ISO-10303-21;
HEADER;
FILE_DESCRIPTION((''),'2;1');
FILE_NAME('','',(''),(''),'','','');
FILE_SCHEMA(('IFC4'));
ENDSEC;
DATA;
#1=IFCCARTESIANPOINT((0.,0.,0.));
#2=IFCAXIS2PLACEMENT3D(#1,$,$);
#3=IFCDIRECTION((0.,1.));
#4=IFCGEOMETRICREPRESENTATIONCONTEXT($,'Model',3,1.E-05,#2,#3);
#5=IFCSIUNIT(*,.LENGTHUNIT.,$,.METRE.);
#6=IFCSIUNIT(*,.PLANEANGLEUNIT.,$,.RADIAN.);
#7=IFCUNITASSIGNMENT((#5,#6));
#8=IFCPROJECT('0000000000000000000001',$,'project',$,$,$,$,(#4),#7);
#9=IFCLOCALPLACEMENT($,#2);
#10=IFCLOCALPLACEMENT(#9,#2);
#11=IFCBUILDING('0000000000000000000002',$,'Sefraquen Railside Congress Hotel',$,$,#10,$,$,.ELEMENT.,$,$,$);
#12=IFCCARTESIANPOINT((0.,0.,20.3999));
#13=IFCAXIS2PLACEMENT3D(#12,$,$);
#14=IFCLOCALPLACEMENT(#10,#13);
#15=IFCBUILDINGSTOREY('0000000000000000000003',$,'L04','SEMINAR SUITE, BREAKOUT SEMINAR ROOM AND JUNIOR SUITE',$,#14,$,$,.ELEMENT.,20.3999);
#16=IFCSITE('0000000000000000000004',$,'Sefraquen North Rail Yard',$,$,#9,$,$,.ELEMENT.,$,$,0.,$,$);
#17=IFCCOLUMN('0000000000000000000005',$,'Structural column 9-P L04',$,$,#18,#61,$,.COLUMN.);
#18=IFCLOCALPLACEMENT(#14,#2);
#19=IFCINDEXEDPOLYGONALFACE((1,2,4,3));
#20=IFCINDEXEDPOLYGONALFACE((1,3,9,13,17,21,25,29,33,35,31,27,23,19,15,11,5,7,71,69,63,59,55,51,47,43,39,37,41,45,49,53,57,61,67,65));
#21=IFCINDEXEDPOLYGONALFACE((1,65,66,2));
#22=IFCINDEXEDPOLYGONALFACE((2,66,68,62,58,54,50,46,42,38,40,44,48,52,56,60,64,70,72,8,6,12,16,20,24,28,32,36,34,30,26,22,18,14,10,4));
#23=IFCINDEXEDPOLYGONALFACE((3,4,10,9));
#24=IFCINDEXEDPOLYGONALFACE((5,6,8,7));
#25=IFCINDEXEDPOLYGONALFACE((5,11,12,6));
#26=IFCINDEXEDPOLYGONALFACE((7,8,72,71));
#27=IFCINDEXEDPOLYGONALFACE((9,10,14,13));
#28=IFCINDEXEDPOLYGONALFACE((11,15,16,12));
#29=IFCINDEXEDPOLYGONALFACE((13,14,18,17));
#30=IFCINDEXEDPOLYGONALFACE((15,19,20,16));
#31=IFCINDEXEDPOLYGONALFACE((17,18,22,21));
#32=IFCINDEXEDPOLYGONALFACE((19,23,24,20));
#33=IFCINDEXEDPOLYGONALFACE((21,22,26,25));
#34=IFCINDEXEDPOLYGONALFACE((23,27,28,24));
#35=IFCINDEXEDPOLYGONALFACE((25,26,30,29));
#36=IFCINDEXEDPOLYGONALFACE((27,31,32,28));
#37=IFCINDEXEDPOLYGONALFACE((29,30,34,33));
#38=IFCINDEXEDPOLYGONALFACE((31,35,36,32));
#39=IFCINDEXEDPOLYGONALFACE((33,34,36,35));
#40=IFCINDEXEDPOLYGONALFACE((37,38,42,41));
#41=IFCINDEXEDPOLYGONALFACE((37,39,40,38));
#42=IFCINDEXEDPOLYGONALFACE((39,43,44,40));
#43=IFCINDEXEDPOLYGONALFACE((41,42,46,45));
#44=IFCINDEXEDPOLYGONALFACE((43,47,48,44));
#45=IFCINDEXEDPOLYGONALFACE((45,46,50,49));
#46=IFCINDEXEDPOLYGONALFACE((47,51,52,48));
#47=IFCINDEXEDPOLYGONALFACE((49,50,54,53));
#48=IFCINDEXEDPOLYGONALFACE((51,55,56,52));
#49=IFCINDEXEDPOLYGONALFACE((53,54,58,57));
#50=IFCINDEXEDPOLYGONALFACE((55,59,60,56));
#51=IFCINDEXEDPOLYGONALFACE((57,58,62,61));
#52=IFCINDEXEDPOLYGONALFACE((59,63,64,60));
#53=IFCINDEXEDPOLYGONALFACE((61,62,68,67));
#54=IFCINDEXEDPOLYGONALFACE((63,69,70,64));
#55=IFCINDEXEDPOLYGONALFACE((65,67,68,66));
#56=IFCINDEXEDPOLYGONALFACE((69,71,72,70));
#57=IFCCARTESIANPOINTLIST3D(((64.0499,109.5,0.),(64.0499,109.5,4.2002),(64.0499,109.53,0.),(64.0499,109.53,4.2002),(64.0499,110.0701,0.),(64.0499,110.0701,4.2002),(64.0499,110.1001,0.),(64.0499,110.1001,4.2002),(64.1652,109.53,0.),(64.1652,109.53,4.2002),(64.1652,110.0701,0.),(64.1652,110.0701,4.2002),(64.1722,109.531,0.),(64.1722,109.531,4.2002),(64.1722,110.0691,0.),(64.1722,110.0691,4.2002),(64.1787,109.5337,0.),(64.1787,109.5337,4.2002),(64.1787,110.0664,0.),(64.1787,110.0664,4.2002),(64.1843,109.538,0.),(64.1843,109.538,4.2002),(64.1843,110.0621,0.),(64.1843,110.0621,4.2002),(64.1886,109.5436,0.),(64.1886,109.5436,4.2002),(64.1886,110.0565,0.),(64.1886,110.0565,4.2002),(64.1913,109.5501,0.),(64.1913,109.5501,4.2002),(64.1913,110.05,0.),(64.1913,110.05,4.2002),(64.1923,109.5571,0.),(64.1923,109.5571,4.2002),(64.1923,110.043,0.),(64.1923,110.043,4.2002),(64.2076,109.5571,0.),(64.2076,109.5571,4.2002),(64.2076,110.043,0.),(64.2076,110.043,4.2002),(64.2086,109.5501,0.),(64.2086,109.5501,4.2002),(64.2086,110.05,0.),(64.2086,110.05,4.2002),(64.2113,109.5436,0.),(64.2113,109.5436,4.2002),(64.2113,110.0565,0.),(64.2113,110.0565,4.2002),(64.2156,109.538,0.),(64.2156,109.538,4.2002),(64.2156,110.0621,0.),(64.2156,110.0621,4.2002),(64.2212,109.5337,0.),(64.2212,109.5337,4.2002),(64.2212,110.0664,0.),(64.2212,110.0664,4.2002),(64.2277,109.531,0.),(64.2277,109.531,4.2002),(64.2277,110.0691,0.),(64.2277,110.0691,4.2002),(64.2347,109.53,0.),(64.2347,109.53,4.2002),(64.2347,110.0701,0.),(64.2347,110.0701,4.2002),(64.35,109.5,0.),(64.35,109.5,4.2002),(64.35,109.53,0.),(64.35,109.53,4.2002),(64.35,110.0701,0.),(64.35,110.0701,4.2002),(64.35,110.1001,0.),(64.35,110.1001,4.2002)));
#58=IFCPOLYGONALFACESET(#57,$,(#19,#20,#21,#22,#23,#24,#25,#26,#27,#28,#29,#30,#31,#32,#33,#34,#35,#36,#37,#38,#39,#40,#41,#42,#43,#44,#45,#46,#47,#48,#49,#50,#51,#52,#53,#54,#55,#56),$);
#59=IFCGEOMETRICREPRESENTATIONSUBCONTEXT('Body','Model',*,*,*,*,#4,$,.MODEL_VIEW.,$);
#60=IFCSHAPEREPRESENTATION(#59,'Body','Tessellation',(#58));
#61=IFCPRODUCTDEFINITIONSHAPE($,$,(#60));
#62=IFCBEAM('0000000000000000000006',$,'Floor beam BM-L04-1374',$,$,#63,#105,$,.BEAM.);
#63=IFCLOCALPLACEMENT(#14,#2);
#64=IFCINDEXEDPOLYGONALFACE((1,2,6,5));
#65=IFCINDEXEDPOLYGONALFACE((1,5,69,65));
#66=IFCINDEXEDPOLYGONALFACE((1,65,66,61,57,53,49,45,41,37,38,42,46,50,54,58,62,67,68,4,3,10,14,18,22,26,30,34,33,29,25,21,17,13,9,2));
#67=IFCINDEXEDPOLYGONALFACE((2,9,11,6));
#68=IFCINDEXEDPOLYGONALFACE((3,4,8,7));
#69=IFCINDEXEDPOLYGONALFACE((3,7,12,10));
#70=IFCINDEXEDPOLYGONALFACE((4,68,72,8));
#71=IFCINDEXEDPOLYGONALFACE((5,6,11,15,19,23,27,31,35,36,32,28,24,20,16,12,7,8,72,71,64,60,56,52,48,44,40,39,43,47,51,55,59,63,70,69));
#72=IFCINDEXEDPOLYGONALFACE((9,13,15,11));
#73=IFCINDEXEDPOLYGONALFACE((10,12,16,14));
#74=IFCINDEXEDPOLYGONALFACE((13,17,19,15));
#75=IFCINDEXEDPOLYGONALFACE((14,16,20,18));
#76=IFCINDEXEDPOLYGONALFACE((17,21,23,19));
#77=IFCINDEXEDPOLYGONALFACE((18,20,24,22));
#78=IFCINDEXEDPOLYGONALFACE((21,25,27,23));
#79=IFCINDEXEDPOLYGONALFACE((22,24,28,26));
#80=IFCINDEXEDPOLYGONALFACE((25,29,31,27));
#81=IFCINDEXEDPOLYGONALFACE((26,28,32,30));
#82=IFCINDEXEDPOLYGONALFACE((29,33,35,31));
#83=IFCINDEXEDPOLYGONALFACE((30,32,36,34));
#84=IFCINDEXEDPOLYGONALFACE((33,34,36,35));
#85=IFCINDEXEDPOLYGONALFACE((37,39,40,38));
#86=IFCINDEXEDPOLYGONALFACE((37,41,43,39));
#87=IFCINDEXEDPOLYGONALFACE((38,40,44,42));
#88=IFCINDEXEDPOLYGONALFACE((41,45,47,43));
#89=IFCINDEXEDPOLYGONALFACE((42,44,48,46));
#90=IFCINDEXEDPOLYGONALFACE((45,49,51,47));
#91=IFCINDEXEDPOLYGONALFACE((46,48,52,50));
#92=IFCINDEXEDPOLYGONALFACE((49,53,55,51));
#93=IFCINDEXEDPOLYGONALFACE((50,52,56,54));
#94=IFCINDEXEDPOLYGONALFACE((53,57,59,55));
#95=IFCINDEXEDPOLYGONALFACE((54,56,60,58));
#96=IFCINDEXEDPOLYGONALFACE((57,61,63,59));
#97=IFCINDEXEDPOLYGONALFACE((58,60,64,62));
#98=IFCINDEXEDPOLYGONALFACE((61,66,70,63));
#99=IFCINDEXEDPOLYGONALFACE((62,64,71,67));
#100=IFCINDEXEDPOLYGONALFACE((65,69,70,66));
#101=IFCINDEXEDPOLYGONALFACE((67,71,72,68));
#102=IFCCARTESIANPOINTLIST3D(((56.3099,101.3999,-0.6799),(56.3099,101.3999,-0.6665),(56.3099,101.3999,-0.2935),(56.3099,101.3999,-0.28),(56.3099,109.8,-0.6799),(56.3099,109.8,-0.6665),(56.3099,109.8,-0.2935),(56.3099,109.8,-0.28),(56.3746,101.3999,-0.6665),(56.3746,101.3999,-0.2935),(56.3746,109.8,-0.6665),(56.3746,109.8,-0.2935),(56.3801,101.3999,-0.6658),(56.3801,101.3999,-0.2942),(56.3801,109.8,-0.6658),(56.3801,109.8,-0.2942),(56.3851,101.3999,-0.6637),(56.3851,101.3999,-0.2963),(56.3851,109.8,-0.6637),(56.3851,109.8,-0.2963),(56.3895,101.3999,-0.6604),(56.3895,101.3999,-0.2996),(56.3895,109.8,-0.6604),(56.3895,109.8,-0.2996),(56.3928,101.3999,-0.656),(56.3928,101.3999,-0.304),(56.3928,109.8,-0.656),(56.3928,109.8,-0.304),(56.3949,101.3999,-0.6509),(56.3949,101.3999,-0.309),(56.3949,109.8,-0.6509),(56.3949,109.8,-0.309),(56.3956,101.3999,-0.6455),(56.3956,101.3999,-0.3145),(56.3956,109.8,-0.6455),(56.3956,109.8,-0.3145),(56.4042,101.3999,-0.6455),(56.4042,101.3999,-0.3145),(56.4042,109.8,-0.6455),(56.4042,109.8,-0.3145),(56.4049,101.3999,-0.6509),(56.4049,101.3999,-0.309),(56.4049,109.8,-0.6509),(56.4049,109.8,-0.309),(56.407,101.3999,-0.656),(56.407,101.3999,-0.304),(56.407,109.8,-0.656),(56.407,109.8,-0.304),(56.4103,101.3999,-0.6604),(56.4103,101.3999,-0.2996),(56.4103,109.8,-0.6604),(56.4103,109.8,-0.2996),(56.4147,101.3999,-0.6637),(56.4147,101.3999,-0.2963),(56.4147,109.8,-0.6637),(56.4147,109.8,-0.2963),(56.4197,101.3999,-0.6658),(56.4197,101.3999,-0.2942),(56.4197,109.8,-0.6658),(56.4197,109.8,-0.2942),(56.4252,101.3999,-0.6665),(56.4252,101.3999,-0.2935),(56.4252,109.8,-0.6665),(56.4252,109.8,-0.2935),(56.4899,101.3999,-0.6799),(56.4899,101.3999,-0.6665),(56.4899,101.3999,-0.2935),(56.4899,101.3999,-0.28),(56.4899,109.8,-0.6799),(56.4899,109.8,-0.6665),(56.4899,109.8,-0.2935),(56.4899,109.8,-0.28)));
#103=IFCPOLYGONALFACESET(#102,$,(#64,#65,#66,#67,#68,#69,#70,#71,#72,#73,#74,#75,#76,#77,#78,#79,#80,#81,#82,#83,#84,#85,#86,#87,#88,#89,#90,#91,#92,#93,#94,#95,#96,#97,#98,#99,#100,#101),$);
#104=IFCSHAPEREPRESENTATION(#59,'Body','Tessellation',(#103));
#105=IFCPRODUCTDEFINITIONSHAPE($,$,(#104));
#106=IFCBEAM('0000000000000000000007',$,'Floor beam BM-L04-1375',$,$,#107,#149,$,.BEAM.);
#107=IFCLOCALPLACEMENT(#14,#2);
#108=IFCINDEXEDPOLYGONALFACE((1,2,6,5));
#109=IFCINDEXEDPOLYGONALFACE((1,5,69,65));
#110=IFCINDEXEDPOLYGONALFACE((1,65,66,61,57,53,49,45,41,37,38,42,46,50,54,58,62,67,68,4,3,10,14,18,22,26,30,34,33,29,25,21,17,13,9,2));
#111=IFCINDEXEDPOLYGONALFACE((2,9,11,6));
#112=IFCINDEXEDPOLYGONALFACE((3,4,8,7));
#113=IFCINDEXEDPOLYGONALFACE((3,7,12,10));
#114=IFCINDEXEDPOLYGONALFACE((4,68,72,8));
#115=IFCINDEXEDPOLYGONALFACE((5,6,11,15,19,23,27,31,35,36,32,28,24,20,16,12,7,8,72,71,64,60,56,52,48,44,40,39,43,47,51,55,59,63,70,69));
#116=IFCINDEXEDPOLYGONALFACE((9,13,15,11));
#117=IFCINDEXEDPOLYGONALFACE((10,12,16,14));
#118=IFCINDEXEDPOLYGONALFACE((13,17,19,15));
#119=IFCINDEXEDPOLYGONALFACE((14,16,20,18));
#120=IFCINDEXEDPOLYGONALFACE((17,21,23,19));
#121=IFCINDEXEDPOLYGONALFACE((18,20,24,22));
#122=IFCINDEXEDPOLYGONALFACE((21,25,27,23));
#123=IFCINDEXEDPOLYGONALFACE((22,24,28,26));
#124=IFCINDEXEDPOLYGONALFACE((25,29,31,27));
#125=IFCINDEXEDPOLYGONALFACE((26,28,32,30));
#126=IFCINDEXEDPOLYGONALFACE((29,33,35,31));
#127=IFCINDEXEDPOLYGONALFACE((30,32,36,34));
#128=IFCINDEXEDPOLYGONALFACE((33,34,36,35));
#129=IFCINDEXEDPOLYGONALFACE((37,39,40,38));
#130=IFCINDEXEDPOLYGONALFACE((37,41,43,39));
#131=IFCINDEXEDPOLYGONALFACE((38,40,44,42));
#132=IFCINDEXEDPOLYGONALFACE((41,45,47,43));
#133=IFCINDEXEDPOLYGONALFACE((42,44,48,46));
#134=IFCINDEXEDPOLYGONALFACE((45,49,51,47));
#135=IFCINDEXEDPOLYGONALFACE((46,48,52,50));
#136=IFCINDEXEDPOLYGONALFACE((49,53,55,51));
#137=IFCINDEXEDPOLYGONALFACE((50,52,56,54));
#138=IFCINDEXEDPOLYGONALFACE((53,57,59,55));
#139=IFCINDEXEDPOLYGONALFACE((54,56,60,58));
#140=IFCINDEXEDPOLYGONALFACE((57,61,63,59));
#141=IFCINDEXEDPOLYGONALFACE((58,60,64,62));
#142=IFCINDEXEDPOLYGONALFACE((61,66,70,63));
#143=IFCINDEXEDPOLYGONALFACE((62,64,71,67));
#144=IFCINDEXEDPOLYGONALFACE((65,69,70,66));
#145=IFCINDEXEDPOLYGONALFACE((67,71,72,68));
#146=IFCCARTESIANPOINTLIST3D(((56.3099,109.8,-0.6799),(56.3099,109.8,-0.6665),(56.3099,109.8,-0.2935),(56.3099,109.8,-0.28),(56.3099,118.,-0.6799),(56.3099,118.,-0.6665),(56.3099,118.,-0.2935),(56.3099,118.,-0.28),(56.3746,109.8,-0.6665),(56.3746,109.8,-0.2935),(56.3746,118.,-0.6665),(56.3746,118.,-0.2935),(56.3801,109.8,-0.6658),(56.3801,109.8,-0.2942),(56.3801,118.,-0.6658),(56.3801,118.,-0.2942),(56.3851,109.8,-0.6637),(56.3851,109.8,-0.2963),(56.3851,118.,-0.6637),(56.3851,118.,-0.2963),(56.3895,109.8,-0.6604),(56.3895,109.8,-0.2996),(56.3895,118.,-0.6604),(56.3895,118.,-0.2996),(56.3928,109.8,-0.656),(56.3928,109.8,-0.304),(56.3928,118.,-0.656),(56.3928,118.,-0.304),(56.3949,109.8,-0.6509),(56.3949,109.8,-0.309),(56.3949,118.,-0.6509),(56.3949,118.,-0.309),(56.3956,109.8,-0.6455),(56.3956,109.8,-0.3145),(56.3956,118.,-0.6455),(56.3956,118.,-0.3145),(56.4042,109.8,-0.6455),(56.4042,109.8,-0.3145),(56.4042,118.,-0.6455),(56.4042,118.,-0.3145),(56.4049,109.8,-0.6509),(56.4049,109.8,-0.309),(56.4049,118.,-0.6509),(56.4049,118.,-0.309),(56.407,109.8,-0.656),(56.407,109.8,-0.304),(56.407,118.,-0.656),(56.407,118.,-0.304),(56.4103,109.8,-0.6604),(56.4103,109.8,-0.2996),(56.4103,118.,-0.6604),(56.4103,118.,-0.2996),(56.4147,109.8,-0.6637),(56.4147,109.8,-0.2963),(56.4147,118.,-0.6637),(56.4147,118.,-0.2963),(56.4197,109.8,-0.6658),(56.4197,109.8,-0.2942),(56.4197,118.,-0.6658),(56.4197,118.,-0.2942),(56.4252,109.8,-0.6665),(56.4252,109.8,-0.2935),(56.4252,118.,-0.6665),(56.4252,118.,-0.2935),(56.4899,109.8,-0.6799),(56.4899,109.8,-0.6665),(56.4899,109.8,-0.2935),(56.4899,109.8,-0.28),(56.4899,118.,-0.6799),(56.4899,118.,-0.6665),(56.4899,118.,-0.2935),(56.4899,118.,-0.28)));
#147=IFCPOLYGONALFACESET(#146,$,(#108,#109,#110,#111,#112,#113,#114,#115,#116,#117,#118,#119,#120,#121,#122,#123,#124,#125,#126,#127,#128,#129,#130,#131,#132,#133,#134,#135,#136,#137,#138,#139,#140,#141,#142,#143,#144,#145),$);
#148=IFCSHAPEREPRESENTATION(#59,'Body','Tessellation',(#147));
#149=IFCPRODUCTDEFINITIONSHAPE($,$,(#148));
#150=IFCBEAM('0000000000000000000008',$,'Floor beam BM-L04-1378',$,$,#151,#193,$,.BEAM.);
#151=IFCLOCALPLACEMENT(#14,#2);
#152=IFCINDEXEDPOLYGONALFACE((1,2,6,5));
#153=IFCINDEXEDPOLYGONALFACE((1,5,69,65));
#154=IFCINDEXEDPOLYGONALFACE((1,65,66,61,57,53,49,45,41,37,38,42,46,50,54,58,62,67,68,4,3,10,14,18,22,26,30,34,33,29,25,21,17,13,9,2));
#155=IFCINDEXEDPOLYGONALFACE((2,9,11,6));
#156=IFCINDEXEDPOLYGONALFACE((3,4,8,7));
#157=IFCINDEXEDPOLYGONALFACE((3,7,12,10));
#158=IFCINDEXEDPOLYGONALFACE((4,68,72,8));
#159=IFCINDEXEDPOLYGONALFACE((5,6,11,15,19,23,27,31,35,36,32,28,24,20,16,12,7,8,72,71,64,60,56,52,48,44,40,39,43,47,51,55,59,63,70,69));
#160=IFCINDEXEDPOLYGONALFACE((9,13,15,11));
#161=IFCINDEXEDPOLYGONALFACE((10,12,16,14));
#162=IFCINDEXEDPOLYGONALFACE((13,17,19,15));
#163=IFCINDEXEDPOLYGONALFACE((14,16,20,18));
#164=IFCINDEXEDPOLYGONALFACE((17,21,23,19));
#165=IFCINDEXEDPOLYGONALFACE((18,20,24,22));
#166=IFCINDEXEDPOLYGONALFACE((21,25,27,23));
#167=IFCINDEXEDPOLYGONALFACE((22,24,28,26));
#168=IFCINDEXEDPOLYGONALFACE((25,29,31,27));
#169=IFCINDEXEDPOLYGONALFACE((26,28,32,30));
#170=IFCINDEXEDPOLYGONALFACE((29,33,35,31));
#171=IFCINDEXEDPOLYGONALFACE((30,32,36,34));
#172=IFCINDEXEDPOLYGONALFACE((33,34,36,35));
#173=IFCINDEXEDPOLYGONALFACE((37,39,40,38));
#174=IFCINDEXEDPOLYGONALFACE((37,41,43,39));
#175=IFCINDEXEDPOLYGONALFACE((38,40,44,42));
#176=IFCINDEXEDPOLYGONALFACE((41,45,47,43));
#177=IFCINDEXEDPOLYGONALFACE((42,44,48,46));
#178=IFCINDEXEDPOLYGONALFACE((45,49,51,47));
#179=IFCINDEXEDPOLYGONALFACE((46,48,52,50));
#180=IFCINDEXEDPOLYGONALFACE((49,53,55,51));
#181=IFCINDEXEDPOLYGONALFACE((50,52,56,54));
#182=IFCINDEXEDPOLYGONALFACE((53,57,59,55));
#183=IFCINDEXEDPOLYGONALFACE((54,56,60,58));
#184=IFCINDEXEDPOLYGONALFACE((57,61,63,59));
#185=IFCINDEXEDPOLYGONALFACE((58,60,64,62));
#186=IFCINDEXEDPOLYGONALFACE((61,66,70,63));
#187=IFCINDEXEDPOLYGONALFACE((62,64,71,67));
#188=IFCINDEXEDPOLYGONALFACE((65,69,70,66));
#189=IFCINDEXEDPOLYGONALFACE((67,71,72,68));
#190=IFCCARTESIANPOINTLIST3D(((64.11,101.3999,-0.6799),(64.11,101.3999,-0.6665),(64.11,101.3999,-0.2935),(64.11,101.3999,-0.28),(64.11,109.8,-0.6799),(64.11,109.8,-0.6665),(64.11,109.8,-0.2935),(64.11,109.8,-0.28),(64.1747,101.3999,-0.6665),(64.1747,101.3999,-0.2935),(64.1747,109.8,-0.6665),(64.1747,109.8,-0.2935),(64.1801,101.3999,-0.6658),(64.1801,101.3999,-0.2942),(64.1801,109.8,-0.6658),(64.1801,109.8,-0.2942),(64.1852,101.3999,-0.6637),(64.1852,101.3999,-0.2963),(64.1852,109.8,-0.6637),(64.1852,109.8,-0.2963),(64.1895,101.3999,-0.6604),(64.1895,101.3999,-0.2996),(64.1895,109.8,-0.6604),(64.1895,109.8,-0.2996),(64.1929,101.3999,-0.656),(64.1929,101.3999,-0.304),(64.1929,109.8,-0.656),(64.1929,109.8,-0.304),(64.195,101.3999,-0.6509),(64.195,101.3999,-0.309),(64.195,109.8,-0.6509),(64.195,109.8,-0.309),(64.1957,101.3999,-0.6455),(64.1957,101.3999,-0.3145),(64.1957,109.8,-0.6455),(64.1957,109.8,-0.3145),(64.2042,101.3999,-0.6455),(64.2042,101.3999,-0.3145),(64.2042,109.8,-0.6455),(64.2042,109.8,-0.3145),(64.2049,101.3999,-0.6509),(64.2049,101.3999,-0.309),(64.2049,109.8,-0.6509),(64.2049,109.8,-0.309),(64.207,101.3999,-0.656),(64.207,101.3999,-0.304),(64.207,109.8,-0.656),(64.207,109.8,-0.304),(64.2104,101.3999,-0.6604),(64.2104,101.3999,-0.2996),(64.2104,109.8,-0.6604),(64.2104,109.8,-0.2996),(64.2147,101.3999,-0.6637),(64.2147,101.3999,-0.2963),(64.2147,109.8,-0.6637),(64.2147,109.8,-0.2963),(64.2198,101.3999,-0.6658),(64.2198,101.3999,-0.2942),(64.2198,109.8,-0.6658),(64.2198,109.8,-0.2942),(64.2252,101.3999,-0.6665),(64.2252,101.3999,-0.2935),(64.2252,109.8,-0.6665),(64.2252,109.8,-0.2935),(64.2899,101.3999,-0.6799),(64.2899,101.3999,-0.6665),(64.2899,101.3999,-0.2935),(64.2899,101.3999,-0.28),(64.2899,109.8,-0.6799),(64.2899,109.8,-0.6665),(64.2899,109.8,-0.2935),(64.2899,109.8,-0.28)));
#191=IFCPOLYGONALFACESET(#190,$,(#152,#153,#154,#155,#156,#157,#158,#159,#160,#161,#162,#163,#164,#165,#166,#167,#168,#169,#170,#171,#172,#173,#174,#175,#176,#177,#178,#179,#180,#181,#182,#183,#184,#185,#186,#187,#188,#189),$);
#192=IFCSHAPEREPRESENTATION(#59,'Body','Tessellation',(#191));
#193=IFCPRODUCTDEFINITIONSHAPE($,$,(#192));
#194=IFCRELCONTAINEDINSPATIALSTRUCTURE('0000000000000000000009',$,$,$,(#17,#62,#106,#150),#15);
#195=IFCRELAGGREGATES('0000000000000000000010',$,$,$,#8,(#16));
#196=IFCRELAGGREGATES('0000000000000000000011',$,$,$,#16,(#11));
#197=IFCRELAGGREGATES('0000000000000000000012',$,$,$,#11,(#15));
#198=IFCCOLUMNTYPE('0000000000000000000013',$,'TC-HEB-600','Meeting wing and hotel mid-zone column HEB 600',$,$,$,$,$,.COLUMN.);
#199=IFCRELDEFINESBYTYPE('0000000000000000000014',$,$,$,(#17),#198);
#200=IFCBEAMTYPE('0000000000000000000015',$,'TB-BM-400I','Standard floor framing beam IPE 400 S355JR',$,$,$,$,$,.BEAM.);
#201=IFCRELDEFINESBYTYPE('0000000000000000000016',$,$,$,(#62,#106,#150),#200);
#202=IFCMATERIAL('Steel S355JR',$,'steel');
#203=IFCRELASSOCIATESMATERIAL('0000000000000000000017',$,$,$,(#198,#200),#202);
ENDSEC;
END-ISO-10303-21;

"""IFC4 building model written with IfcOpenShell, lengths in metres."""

from ifc_helpers import new_model, si_unit, direction, frame, origin, origin_2d, place, context, subcontext, project, spatial, i_section, extrude, material, material_profile, profile_set, type_object, element, save


model = new_model("IFC4")

# Units and contexts
model_context = context("Model", 3, precision=1e-05, world=origin(), true_north=direction((0.0, 1.0)))
body_context = subcontext(model_context, "Body", "Model", "MODEL_VIEW")
ifc_project = project(units=[si_unit("LENGTHUNIT", "METRE"), si_unit("PLANEANGLEUNIT", "RADIAN")], contexts=[model_context])

# Site, building, storey
site_placement = place(None, origin())
site = spatial("IfcSite", under=ifc_project, at=site_placement, Name="Sefraquen North Rail Yard", CompositionType="ELEMENT", RefElevation=0.0)
building_placement = place(site_placement, origin())
building = spatial("IfcBuilding", under=site, at=building_placement, Name="Sefraquen Railside Congress Hotel", CompositionType="ELEMENT")
storey_placement = place(building_placement, frame((0.0, 0.0, 20.3999)))
storey = spatial("IfcBuildingStorey", under=building, at=storey_placement, Name="L04", Description="SEMINAR SUITE, BREAKOUT SEMINAR ROOM AND JUNIOR SUITE", CompositionType="ELEMENT", Elevation=20.3999)

# Column
ifc_material_1 = material(Name="Steel S355JR", Category="steel")
ifc_material_profile_1 = material_profile(ifc_material_1, i_section(OverallWidth=0.3, OverallDepth=0.6001, WebThickness=0.0154, FlangeThickness=0.03, FilletRadius=0.0271, at=origin_2d()), Name="HEB 600")
ifc_profile_set_1 = profile_set([ifc_material_profile_1], Name="Steel S355JR")
column_type_1 = type_object("IfcColumnType", Name="TC-HEB-600", Description="Meeting wing and hotel mid-zone column HEB 600", PredefinedType="COLUMN", material=ifc_profile_set_1)
for number, where, z_axis, x_axis, name in (
    (1, (64.2, 109.8, 0.0), (0.0, 0.0, 1.0), (1.0, 0.0, 0.0), "Structural column 9-P L04"),
):
    element("IfcColumn", number, at=place(storey_placement, frame(where, z_axis=z_axis, x_axis=x_axis)), inside=storey, type_object=column_type_1, Name=name, PredefinedType="COLUMN", context=body_context, shape_type="SweptSolid", body=[
        extrude(i_section(OverallWidth=0.3, OverallDepth=0.6001, WebThickness=0.0154, FlangeThickness=0.03, FilletRadius=0.0271, at=origin_2d()), origin(), (0.0, 0.0, 1.0), 4.2002),
    ])

# Beams
ifc_material_profile_2 = material_profile(ifc_material_1, i_section(OverallWidth=0.1799, OverallDepth=0.3999, WebThickness=0.0085, FlangeThickness=0.0134, FilletRadius=0.021, at=origin_2d()), Name="IPE 400")
ifc_profile_set_2 = profile_set([ifc_material_profile_2], Name="Steel S355JR")
beam_type_1 = type_object("IfcBeamType", Name="TB-BM-400I", Description="Standard floor framing beam IPE 400 S355JR", PredefinedType="BEAM", material=ifc_profile_set_2)
beam_1_placement = place(storey_placement, frame((56.3999, 101.3999, -0.48), z_axis=(0.0, 1.0, 0.0), x_axis=(-1.0, 0.0, 0.0)))
element("IfcBeam", 2, at=beam_1_placement, inside=storey, type_object=beam_type_1, Name="Floor beam BM-L04-1374", PredefinedType="BEAM", context=body_context, shape_type="SweptSolid", body=[
    extrude(i_section(OverallWidth=0.1799, OverallDepth=0.3999, WebThickness=0.0085, FlangeThickness=0.0134, FilletRadius=0.021, at=origin_2d()), origin(), (0.0, 0.0, 1.0), 8.4001),
])
beam_2_placement = place(storey_placement, frame((56.3999, 109.8, -0.48), z_axis=(0.0, 1.0, 0.0), x_axis=(-1.0, 0.0, 0.0)))
element("IfcBeam", 3, at=beam_2_placement, inside=storey, type_object=beam_type_1, Name="Floor beam BM-L04-1375", PredefinedType="BEAM", context=body_context, shape_type="SweptSolid", body=[
    extrude(i_section(OverallWidth=0.1799, OverallDepth=0.3999, WebThickness=0.0085, FlangeThickness=0.0134, FilletRadius=0.021, at=origin_2d()), origin(), (0.0, 0.0, 1.0), 8.2),
])
beam_3_placement = place(storey_placement, frame((64.2, 101.3999, -0.48), z_axis=(0.0, 1.0, 0.0), x_axis=(-1.0, 0.0, 0.0)))
element("IfcBeam", 4, at=beam_3_placement, inside=storey, type_object=beam_type_1, Name="Floor beam BM-L04-1378", PredefinedType="BEAM", context=body_context, shape_type="SweptSolid", body=[
    extrude(i_section(OverallWidth=0.1799, OverallDepth=0.3999, WebThickness=0.0085, FlangeThickness=0.0134, FilletRadius=0.021, at=origin_2d()), origin(), (0.0, 0.0, 1.0), 8.4001),
])

save(model, "model.ifc")
